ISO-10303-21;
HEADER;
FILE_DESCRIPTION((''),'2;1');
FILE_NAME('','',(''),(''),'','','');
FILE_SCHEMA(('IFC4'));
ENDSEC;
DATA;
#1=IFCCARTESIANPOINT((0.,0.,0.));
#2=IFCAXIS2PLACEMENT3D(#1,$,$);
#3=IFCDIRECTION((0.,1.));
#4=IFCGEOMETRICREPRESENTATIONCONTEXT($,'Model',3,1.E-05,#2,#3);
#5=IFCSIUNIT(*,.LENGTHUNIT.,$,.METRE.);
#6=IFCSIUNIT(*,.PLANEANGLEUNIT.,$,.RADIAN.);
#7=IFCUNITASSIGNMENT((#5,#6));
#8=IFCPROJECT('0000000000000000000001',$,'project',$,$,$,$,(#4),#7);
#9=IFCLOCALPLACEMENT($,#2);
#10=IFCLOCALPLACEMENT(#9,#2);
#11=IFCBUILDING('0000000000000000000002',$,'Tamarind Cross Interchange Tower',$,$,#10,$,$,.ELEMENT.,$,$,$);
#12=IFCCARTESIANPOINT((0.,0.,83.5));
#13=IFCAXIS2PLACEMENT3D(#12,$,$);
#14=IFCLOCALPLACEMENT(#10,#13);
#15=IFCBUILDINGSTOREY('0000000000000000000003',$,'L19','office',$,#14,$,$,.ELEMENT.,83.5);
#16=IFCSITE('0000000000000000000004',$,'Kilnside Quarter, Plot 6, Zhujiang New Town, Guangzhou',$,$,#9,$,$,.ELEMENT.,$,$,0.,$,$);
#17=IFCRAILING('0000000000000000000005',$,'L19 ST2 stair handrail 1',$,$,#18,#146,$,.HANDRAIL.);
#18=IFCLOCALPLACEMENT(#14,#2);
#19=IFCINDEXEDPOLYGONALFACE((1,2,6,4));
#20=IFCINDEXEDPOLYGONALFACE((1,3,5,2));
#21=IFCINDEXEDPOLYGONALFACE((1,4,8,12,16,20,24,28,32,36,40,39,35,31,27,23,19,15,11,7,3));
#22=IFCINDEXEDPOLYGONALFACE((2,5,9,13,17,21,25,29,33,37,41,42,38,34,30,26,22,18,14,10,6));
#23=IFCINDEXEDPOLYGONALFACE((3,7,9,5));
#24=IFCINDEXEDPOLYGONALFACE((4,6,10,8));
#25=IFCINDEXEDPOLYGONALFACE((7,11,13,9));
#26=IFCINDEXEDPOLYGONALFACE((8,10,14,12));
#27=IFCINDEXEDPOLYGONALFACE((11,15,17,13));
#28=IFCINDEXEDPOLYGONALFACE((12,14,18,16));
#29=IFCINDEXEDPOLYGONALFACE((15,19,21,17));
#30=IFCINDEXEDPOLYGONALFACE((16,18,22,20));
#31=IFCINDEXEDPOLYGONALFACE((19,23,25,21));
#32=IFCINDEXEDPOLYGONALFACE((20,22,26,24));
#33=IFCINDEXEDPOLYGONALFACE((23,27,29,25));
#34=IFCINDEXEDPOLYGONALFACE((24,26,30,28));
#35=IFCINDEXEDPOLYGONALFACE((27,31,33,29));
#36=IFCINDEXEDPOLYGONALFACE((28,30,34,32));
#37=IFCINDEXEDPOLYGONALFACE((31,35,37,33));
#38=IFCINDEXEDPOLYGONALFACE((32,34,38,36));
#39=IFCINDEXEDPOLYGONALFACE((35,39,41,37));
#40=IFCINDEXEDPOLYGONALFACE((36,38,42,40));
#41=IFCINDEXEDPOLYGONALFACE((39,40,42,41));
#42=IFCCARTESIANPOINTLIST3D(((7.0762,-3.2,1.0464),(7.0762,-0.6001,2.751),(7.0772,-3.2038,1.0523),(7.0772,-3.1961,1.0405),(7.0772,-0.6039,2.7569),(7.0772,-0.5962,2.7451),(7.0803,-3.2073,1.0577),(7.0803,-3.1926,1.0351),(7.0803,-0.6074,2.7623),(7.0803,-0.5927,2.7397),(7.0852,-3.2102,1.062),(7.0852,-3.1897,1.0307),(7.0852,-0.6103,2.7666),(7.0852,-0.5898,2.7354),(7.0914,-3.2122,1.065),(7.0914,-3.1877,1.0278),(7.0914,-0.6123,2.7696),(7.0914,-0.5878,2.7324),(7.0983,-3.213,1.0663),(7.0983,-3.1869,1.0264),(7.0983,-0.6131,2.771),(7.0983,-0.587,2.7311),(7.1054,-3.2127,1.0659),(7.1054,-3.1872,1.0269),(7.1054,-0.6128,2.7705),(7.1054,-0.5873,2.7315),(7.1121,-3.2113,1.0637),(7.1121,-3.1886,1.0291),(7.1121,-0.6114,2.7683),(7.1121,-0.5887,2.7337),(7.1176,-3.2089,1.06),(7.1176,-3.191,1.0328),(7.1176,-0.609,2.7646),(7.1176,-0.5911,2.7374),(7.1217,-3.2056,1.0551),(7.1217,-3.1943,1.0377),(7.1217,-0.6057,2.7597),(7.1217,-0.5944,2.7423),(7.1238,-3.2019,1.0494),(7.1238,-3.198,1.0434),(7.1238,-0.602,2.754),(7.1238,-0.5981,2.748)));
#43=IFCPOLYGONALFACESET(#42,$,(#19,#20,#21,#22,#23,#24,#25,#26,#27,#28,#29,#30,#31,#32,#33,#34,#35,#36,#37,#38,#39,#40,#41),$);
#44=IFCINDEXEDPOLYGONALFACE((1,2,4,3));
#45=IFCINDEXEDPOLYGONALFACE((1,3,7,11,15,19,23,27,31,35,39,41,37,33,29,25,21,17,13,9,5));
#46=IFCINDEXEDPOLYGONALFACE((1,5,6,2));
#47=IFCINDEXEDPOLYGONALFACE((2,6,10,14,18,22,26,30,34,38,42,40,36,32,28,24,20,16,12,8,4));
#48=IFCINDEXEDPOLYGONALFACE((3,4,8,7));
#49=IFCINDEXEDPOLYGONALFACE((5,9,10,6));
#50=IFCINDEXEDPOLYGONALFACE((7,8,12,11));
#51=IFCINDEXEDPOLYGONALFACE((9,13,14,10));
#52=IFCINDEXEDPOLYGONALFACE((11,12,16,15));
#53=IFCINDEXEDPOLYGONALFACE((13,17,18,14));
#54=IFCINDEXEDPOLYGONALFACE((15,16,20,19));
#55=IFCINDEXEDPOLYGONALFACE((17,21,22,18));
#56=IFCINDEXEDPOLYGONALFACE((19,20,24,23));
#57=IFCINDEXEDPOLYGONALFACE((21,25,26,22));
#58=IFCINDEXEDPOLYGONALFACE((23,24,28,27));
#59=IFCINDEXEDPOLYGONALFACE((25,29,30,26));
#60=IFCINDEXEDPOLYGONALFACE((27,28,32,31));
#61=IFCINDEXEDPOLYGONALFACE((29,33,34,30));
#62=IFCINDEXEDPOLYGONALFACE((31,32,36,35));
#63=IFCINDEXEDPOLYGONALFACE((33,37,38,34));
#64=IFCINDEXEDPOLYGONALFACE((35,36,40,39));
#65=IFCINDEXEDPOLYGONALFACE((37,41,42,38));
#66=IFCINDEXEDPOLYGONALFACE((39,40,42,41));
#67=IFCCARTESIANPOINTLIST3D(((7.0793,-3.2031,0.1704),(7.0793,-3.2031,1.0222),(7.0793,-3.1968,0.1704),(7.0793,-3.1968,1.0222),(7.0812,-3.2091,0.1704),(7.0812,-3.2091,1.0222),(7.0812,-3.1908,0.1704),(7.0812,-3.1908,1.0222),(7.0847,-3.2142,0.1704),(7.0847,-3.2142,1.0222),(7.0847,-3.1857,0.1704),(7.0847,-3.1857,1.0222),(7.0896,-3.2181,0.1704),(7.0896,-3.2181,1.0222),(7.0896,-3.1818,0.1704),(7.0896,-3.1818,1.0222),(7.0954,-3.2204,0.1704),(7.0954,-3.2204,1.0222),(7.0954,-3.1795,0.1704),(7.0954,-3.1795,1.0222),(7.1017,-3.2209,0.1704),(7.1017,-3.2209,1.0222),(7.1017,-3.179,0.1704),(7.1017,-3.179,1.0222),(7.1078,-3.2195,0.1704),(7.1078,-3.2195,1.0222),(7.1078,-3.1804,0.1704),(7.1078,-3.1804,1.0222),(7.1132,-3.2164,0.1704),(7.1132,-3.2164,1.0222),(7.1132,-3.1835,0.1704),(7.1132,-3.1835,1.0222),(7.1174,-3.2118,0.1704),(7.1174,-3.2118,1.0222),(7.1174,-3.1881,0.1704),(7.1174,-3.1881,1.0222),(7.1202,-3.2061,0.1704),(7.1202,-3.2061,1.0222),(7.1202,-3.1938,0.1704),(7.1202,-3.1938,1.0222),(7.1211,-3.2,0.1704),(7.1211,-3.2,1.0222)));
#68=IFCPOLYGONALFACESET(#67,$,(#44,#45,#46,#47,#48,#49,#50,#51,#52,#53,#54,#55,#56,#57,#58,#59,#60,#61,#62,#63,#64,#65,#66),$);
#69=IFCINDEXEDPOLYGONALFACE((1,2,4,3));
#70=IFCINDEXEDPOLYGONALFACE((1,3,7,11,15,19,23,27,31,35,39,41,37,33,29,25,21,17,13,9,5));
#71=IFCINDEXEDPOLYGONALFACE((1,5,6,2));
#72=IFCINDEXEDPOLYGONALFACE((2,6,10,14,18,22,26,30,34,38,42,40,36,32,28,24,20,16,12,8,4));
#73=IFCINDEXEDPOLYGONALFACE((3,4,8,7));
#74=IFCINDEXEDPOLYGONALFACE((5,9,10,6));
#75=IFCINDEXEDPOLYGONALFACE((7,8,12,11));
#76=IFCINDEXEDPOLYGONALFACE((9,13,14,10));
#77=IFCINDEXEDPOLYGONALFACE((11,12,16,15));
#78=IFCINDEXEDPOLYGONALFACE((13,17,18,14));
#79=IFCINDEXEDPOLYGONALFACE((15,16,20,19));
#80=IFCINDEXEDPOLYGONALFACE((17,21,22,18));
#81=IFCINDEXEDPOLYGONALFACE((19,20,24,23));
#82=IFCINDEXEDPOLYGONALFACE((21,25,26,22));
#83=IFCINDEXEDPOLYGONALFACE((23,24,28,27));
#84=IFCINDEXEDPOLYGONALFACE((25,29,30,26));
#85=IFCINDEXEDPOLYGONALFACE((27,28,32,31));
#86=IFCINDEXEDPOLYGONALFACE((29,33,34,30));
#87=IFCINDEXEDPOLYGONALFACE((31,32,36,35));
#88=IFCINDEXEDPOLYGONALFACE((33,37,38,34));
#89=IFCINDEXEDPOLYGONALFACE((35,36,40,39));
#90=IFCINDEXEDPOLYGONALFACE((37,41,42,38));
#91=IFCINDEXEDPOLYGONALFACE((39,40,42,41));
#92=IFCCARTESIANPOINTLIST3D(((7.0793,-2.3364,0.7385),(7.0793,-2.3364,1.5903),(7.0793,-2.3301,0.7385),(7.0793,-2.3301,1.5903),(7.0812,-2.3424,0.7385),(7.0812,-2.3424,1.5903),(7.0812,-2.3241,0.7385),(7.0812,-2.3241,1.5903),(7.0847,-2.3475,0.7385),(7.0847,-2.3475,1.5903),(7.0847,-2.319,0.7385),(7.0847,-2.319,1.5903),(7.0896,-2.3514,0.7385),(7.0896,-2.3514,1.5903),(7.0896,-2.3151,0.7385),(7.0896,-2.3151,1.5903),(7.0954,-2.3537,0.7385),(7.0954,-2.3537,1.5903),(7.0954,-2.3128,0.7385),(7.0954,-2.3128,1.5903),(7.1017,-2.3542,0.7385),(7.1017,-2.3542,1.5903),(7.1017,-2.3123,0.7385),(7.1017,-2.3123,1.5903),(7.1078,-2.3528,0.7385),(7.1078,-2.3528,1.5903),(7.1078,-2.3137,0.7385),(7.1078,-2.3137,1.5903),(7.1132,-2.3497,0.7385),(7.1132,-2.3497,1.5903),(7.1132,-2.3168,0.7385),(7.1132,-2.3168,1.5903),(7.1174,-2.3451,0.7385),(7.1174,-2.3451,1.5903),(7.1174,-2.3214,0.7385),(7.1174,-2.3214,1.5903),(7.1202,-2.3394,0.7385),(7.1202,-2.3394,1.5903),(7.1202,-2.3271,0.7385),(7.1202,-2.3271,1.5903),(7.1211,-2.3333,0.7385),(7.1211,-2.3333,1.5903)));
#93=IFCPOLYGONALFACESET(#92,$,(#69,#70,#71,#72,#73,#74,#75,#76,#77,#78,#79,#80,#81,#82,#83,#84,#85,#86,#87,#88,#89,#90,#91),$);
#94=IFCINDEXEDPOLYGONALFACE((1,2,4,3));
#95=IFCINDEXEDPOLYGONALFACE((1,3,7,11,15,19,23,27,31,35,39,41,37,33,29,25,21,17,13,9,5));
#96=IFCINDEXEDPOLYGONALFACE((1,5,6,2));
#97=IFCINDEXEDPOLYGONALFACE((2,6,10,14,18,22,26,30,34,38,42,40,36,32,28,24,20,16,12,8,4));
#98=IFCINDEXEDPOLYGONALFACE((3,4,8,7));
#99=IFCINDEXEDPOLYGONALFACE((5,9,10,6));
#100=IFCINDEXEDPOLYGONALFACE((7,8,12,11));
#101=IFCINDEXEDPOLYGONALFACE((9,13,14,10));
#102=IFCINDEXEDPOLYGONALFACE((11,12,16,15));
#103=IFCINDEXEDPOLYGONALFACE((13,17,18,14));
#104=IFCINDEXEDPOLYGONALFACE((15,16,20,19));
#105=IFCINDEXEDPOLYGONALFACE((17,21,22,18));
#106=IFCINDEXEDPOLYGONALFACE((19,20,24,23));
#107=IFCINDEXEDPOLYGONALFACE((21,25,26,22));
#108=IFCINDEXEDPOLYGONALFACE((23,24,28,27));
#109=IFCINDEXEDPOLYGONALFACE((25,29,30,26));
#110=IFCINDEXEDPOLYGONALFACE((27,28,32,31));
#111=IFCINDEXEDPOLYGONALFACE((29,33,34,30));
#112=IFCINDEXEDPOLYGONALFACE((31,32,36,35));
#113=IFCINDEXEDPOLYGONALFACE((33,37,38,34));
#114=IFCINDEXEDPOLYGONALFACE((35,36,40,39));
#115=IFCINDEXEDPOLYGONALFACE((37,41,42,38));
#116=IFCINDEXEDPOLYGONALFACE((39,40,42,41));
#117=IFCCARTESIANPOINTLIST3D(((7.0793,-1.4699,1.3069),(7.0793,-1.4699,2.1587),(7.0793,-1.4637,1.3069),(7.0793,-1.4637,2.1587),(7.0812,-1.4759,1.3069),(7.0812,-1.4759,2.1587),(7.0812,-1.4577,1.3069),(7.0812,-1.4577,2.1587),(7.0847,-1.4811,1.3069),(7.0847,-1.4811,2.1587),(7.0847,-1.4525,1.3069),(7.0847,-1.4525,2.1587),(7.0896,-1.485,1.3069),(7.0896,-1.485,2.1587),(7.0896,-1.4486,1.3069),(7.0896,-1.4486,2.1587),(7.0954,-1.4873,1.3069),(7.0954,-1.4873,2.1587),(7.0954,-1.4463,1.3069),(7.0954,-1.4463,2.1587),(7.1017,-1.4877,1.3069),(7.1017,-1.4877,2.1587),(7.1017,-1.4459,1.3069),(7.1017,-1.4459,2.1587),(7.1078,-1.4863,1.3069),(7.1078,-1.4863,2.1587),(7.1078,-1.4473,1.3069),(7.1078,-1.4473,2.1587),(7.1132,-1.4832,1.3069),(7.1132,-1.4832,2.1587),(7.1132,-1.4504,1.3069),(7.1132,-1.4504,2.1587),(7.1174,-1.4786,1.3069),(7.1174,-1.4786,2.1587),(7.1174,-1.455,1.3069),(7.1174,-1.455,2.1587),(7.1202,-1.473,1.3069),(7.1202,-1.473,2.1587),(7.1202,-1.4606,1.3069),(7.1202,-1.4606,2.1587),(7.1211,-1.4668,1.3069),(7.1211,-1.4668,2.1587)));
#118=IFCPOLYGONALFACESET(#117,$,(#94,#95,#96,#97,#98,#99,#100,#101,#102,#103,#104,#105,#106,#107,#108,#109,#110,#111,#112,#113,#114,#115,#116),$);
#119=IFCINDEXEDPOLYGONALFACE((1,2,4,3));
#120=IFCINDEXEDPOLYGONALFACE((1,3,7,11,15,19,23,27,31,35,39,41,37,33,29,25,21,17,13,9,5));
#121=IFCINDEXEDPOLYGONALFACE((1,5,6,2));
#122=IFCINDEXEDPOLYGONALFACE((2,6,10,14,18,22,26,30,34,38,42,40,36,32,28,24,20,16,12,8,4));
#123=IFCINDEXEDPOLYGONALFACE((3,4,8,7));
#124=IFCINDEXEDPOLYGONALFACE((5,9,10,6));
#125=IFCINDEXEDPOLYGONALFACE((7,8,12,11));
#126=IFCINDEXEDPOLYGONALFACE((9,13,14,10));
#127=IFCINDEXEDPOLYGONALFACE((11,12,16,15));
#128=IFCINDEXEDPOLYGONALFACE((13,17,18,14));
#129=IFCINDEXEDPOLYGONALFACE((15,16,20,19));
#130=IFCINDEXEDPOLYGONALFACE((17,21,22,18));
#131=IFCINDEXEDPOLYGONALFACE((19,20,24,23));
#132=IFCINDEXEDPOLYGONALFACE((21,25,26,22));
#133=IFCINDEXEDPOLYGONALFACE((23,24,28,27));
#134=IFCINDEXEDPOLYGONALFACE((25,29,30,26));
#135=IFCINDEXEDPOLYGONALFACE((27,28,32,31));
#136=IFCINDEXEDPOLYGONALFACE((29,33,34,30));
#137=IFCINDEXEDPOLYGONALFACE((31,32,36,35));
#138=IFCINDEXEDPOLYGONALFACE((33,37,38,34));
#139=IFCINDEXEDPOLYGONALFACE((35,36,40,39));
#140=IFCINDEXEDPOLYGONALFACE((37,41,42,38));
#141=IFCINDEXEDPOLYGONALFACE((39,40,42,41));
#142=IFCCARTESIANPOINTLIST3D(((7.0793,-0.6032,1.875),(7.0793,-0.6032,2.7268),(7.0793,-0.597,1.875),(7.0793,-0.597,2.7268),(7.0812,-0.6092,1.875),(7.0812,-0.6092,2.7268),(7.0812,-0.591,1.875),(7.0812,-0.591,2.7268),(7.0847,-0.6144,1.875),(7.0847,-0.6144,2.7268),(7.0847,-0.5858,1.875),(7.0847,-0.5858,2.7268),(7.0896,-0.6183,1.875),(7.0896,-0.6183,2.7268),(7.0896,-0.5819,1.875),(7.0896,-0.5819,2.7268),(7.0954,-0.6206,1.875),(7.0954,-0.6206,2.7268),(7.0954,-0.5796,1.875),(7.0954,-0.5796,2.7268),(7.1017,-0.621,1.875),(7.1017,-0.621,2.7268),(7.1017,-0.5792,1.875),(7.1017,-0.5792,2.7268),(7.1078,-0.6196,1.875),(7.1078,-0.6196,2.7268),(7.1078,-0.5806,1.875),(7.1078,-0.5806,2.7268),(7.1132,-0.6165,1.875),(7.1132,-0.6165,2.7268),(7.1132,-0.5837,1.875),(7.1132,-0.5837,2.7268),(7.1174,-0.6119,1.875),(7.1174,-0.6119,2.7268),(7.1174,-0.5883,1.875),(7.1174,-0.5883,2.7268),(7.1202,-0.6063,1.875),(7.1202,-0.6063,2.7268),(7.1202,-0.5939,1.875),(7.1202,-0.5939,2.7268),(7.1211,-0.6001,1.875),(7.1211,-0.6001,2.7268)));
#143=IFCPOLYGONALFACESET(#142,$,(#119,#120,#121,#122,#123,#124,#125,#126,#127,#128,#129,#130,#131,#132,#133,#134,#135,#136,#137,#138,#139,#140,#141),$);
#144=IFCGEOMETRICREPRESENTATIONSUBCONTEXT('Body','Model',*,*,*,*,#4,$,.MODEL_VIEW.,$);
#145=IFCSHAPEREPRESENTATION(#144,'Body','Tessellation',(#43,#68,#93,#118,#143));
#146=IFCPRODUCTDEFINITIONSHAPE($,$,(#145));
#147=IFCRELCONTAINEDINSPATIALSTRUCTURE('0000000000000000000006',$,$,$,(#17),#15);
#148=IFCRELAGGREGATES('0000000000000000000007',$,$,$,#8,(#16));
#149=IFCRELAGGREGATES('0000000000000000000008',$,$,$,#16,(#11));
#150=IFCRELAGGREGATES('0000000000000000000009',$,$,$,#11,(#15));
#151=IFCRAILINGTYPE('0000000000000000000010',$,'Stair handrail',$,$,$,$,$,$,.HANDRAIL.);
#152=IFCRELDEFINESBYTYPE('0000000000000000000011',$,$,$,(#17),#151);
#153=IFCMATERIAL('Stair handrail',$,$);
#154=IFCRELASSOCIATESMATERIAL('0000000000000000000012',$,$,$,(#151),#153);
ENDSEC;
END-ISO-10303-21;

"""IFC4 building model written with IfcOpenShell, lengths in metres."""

from ifc_helpers import new_model, si_unit, direction, frame, origin, origin_2d, place, context, subcontext, project, spatial, circle, extrude, material, type_object, element, save


model = new_model("IFC4")

# Units and contexts
model_context = context("Model", 3, precision=1e-05, world=origin(), true_north=direction((0.0, 1.0)))
body_context = subcontext(model_context, "Body", "Model", "MODEL_VIEW")
ifc_project = project(units=[si_unit("LENGTHUNIT", "METRE"), si_unit("PLANEANGLEUNIT", "RADIAN")], contexts=[model_context])

# Site, building, storey
site_placement = place(None, origin())
site = spatial("IfcSite", under=ifc_project, at=site_placement, Name="Kilnside Quarter, Plot 6, Zhujiang New Town, Guangzhou", CompositionType="ELEMENT", RefElevation=0.0)
building_placement = place(site_placement, origin())
building = spatial("IfcBuilding", under=site, at=building_placement, Name="Tamarind Cross Interchange Tower", CompositionType="ELEMENT")
storey_placement = place(building_placement, frame((0.0, 0.0, 83.5)))
storey = spatial("IfcBuildingStorey", under=building, at=storey_placement, Name="L19", Description="office", CompositionType="ELEMENT", Elevation=83.5)

# Railing
ifc_material_1 = material(Name="Stair handrail")
railing_type_1 = type_object("IfcRailingType", Name="Stair handrail", PredefinedType="HANDRAIL", material=ifc_material_1)
railing_1_placement = place(storey_placement, frame((7.1001, -3.2, 0.1704)))
element("IfcRailing", 1, at=railing_1_placement, inside=storey, type_object=railing_type_1, Name="L19 ST2 stair handrail 1", PredefinedType="HANDRAIL", context=body_context, shape_type="SweptSolid", body=[
    extrude(circle(Radius=0.0239, at=origin_2d()), frame((0.0, 0.0, 0.876), z_axis=(0.0, 0.836279, 0.548305), x_axis=(-1.0, 0.0, 0.0)), (0.0, 0.0, 1.0), 3.1089),
    extrude(circle(Radius=0.021, at=origin_2d()), origin(), (0.0, 0.0, 1.0), 0.8518),
    extrude(circle(Radius=0.021, at=origin_2d()), frame((0.0, 0.8667, 0.5681)), (0.0, 0.0, 1.0), 0.8518),
    extrude(circle(Radius=0.021, at=origin_2d()), frame((0.0, 1.7332, 1.1365)), (0.0, 0.0, 1.0), 0.8518),
    extrude(circle(Radius=0.021, at=origin_2d()), frame((0.0, 2.5999, 1.7046)), (0.0, 0.0, 1.0), 0.8518),
])

save(model, "model.ifc")
